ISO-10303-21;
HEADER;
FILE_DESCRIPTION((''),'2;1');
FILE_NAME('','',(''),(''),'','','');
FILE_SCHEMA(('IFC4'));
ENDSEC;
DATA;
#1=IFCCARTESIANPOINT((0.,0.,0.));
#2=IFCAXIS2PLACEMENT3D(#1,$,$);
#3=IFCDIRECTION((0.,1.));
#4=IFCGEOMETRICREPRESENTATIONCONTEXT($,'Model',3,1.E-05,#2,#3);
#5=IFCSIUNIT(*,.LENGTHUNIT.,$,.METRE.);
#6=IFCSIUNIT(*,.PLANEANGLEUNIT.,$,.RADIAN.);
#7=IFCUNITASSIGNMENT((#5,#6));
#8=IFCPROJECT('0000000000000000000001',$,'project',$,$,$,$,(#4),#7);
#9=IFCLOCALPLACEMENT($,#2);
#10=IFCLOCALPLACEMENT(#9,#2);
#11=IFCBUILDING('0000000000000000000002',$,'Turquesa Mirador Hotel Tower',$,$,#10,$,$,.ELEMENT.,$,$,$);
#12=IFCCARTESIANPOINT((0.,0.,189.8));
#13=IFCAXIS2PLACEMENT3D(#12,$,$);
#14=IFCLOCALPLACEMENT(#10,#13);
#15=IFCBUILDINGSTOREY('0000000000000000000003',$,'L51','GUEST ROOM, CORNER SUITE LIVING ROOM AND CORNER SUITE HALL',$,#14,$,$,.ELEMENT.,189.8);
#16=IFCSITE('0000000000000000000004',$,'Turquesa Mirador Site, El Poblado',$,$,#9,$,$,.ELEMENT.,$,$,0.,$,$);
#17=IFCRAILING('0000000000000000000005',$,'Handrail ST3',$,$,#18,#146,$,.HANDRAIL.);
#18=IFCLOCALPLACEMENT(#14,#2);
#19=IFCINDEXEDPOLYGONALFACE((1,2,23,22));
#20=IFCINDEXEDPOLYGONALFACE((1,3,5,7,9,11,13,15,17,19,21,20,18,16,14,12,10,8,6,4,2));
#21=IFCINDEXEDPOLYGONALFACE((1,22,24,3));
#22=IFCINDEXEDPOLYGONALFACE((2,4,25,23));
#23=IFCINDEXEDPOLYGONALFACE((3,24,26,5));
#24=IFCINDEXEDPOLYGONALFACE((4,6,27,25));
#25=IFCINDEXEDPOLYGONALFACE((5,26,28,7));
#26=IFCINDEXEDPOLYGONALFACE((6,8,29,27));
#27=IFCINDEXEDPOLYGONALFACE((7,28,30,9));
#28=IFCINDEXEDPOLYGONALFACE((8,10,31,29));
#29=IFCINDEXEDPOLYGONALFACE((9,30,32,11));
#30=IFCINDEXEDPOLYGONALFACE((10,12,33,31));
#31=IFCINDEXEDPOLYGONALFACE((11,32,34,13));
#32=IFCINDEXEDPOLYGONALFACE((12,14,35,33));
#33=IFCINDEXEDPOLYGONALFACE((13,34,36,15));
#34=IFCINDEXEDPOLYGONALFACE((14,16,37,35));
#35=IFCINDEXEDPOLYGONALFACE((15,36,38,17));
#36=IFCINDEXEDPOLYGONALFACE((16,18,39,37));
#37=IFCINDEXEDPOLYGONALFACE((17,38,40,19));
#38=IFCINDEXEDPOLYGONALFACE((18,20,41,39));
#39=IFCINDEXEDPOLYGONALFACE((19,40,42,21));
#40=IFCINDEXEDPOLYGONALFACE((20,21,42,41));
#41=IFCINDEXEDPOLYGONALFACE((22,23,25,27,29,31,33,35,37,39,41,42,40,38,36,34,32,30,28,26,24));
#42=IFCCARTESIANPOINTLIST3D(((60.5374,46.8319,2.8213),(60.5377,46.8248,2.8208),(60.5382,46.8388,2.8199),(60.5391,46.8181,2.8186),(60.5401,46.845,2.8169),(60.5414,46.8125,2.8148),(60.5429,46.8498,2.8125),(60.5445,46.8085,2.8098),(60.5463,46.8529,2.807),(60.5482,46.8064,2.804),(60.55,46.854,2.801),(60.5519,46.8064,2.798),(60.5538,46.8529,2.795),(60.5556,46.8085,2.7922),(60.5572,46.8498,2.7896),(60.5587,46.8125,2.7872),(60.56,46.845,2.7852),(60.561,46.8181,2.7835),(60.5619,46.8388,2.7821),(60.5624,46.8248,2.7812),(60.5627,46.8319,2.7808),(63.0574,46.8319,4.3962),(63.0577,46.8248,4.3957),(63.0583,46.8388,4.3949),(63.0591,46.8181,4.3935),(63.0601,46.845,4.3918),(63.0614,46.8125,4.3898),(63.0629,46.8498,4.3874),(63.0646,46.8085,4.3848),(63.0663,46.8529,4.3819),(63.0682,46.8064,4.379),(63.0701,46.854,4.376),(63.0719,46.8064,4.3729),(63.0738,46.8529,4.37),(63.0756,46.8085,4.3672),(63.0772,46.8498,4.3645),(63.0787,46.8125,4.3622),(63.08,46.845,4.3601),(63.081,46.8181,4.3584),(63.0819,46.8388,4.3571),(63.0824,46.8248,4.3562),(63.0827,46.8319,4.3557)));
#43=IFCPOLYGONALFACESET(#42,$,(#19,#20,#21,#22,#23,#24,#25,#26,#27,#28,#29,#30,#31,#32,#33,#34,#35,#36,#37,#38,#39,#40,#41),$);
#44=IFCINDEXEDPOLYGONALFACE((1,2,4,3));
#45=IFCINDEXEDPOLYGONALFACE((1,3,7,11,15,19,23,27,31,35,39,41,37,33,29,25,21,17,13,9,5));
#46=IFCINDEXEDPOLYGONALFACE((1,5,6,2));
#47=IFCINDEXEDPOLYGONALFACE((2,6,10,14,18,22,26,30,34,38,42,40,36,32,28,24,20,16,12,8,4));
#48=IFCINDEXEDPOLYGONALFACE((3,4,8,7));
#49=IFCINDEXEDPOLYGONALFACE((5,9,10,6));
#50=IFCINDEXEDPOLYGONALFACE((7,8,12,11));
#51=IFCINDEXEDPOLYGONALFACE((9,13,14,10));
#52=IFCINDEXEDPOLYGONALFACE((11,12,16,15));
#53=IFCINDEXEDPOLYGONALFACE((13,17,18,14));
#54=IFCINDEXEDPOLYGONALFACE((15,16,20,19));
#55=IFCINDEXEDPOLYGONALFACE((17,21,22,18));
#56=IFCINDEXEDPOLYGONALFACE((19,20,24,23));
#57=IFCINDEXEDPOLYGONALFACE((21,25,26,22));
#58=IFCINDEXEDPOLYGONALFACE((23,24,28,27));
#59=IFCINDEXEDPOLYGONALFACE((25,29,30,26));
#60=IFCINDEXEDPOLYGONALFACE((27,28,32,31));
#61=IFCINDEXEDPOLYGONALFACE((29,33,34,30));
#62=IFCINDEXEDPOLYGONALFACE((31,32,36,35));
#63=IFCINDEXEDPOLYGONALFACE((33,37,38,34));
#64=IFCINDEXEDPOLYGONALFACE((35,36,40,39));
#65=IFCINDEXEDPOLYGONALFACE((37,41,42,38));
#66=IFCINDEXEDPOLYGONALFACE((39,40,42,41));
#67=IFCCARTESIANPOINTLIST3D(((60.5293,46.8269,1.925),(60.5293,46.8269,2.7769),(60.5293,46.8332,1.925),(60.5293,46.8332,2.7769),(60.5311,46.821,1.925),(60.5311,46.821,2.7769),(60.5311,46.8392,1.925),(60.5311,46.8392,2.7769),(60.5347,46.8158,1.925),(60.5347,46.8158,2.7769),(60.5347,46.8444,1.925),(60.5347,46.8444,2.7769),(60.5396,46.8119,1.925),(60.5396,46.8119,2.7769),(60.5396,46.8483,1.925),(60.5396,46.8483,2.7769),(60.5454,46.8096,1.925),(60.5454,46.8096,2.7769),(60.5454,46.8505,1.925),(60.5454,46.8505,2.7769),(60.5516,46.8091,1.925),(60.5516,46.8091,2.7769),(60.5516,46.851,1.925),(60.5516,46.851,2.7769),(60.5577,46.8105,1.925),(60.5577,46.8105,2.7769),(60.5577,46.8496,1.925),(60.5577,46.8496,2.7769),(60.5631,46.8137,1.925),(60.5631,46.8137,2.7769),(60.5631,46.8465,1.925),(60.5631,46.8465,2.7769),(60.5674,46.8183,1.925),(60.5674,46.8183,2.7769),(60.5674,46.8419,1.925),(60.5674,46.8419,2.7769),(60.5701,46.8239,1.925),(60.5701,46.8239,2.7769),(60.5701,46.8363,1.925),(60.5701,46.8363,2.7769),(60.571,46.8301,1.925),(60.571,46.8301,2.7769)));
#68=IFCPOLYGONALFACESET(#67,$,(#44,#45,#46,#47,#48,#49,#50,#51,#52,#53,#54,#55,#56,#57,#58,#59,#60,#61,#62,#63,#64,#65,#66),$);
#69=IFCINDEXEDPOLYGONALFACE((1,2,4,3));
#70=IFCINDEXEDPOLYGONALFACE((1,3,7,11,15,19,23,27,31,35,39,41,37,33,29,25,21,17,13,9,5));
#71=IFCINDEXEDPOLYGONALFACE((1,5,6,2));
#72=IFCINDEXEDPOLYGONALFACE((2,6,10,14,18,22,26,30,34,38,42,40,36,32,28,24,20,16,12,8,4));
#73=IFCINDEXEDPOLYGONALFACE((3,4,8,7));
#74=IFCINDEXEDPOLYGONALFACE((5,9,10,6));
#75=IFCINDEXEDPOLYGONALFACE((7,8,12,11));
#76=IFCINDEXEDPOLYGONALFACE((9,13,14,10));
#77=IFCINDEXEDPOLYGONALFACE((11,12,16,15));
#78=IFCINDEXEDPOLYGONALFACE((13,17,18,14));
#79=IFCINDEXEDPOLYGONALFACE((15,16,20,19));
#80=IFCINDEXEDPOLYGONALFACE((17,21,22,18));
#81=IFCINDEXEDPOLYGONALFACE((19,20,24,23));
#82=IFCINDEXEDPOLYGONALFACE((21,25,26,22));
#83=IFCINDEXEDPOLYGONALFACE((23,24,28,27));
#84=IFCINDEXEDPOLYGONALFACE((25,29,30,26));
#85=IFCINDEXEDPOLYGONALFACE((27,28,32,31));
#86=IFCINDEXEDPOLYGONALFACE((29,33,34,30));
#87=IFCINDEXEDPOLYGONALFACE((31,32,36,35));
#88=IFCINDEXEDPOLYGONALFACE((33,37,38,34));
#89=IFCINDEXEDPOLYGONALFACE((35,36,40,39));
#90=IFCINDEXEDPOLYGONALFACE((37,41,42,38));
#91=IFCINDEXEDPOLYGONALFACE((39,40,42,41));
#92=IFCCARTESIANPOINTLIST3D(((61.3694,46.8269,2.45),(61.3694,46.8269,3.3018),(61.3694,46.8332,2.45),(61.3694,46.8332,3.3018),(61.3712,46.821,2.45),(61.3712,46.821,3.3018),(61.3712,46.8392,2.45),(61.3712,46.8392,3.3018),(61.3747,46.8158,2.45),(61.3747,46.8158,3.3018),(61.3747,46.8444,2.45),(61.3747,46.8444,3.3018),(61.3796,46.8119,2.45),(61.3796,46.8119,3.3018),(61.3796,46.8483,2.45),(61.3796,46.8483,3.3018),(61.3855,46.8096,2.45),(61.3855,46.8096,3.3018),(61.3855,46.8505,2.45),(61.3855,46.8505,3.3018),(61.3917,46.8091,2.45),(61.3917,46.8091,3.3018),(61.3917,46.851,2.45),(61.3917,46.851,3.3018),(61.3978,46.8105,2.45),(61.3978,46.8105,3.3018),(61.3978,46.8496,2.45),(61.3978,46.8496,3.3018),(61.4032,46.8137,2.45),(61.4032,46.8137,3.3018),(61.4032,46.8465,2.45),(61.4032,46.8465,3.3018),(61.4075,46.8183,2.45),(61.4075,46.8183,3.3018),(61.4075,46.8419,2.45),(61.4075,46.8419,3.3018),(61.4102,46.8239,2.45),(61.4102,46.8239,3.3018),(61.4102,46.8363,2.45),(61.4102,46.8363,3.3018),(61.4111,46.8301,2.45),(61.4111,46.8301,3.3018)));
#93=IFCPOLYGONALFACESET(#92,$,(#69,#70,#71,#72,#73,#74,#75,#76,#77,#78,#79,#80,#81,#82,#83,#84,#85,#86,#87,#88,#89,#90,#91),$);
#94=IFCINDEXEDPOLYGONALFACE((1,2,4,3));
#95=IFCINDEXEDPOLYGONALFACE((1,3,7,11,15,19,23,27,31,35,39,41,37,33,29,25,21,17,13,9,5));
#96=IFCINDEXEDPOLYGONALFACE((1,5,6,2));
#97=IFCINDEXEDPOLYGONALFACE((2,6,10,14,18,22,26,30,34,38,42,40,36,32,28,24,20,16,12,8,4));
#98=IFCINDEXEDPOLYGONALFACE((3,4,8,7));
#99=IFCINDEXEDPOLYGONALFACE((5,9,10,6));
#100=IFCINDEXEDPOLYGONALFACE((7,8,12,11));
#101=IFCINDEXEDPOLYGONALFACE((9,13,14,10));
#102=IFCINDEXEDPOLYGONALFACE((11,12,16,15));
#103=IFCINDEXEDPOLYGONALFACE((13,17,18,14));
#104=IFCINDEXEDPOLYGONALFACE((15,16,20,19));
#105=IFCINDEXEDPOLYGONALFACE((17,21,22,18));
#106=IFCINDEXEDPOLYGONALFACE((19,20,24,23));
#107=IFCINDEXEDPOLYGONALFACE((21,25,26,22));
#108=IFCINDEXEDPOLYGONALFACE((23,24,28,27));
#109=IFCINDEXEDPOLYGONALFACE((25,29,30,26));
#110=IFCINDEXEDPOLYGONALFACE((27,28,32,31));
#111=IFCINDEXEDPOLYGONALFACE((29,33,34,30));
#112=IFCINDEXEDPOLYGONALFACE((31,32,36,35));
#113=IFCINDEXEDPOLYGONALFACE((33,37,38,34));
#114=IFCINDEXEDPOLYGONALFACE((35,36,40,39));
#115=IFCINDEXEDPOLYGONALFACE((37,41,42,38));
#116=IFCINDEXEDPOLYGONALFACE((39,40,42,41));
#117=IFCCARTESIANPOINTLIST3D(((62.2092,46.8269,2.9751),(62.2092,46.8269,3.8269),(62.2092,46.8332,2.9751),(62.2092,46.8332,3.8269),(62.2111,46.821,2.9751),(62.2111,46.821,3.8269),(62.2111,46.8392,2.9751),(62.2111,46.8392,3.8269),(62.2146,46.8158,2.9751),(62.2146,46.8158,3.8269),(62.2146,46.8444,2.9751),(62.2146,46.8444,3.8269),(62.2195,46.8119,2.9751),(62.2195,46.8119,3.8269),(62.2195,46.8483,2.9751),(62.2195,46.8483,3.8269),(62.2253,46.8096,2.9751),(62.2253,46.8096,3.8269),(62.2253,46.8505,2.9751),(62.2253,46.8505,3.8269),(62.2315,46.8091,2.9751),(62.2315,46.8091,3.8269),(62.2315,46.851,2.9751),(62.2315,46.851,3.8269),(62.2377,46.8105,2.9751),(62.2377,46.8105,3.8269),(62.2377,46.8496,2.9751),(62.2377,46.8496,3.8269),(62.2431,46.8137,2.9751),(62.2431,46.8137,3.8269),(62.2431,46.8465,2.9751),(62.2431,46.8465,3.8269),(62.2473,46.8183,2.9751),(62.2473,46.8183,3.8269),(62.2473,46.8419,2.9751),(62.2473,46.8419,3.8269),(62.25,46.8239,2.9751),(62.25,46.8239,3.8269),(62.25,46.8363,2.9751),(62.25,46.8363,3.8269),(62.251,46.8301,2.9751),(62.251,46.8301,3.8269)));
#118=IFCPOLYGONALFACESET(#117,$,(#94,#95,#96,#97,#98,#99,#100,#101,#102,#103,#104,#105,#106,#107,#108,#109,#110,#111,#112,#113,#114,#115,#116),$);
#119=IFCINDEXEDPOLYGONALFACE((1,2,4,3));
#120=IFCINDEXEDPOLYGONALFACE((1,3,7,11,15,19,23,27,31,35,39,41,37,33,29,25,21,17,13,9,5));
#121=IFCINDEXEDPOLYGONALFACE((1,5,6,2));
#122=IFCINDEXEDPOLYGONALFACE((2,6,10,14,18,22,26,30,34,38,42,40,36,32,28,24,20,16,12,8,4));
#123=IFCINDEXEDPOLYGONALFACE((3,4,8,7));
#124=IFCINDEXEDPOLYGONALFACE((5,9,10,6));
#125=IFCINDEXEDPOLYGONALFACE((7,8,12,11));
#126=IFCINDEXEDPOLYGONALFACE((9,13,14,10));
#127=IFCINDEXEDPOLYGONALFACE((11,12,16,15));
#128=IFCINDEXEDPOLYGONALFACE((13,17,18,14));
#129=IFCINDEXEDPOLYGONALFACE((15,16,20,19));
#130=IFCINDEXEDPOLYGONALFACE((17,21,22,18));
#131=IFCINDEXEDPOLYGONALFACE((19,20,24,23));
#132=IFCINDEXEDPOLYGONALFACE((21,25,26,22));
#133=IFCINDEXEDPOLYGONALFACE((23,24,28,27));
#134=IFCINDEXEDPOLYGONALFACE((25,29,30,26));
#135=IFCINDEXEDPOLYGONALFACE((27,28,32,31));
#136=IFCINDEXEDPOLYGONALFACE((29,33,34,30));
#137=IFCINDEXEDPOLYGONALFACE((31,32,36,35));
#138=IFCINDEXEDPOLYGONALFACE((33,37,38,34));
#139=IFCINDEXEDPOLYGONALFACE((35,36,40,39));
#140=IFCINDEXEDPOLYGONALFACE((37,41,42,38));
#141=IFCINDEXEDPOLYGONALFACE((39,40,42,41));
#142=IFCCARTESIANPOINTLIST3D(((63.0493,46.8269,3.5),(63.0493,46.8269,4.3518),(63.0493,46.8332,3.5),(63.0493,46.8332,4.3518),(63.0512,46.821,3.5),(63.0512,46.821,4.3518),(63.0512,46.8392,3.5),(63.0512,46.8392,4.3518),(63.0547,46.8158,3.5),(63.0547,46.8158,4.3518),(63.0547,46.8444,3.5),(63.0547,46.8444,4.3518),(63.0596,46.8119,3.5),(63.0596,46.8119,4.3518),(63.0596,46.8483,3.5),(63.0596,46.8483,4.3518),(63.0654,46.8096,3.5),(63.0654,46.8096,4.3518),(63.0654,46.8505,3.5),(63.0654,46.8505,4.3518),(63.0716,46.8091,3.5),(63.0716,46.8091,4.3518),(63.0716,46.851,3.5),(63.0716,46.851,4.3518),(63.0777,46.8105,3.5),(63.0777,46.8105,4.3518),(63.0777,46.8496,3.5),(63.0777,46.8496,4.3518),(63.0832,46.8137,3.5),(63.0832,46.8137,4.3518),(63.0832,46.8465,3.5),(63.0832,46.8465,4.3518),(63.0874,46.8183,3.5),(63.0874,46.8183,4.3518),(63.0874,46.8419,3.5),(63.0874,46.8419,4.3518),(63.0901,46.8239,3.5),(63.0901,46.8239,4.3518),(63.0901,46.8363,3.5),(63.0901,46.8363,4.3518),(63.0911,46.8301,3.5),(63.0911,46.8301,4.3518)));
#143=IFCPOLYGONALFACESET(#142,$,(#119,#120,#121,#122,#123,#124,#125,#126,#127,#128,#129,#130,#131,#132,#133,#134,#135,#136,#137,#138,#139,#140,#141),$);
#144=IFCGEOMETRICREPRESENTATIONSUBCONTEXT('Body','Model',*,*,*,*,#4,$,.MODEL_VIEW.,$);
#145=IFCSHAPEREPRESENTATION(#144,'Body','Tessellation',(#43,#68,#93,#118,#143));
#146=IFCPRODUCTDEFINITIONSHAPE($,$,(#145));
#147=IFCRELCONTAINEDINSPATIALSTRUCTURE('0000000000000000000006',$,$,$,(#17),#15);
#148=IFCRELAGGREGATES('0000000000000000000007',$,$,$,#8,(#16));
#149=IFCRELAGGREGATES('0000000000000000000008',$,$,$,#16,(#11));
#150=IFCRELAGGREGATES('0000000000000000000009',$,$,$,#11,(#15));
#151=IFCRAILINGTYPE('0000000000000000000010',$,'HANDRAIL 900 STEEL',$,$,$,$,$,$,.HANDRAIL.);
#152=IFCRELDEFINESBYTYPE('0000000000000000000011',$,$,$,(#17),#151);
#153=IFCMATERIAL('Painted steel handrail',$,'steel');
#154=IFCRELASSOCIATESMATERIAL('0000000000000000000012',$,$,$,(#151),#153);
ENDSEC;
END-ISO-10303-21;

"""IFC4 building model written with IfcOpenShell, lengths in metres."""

from ifc_helpers import new_model, si_unit, direction, frame, origin, origin_2d, place, context, subcontext, project, spatial, circle, extrude, material, type_object, element, save


model = new_model("IFC4")

# Units and contexts
model_context = context("Model", 3, precision=1e-05, world=origin(), true_north=direction((0.0, 1.0)))
body_context = subcontext(model_context, "Body", "Model", "MODEL_VIEW")
ifc_project = project(units=[si_unit("LENGTHUNIT", "METRE"), si_unit("PLANEANGLEUNIT", "RADIAN")], contexts=[model_context])

# Site, building, storey
site_placement = place(None, origin())
site = spatial("IfcSite", under=ifc_project, at=site_placement, Name="Turquesa Mirador Site, El Poblado", CompositionType="ELEMENT", RefElevation=0.0)
building_placement = place(site_placement, origin())
building = spatial("IfcBuilding", under=site, at=building_placement, Name="Turquesa Mirador Hotel Tower", CompositionType="ELEMENT")
storey_placement = place(building_placement, frame((0.0, 0.0, 189.8)))
storey = spatial("IfcBuildingStorey", under=building, at=storey_placement, Name="L51", Description="GUEST ROOM, CORNER SUITE LIVING ROOM AND CORNER SUITE HALL", CompositionType="ELEMENT", Elevation=189.8)

# Railing
ifc_material_1 = material(Name="Painted steel handrail", Category="steel")
railing_type = type_object("IfcRailingType", Name="HANDRAIL 900 STEEL", PredefinedType="HANDRAIL", material=ifc_material_1)
railing_1_placement = place(storey_placement, frame((60.55, 46.8301, 1.925)))
element("IfcRailing", 1, at=railing_1_placement, inside=storey, type_object=railing_type, Name="Handrail ST3", PredefinedType="HANDRAIL", context=body_context, shape_type="SweptSolid", body=[
    extrude(circle(Radius=0.0239, at=origin_2d()), frame((0.0, 0.0, 0.876), z_axis=(0.848008, 0.0, 0.529984), x_axis=(0.0, 1.0, 0.0)), (0.0, 0.0, 1.0), 2.9717),
    extrude(circle(Radius=0.021, at=origin_2d()), origin(), (0.0, 0.0, 1.0), 0.8518),
    extrude(circle(Radius=0.021, at=origin_2d()), frame((0.8401, 0.0, 0.5249)), (0.0, 0.0, 1.0), 0.8518),
    extrude(circle(Radius=0.021, at=origin_2d()), frame((1.6799, 0.0, 1.05)), (0.0, 0.0, 1.0), 0.8518),
    extrude(circle(Radius=0.021, at=origin_2d()), frame((2.52, 0.0, 1.575)), (0.0, 0.0, 1.0), 0.8518),
])

save(model, "model.ifc")
